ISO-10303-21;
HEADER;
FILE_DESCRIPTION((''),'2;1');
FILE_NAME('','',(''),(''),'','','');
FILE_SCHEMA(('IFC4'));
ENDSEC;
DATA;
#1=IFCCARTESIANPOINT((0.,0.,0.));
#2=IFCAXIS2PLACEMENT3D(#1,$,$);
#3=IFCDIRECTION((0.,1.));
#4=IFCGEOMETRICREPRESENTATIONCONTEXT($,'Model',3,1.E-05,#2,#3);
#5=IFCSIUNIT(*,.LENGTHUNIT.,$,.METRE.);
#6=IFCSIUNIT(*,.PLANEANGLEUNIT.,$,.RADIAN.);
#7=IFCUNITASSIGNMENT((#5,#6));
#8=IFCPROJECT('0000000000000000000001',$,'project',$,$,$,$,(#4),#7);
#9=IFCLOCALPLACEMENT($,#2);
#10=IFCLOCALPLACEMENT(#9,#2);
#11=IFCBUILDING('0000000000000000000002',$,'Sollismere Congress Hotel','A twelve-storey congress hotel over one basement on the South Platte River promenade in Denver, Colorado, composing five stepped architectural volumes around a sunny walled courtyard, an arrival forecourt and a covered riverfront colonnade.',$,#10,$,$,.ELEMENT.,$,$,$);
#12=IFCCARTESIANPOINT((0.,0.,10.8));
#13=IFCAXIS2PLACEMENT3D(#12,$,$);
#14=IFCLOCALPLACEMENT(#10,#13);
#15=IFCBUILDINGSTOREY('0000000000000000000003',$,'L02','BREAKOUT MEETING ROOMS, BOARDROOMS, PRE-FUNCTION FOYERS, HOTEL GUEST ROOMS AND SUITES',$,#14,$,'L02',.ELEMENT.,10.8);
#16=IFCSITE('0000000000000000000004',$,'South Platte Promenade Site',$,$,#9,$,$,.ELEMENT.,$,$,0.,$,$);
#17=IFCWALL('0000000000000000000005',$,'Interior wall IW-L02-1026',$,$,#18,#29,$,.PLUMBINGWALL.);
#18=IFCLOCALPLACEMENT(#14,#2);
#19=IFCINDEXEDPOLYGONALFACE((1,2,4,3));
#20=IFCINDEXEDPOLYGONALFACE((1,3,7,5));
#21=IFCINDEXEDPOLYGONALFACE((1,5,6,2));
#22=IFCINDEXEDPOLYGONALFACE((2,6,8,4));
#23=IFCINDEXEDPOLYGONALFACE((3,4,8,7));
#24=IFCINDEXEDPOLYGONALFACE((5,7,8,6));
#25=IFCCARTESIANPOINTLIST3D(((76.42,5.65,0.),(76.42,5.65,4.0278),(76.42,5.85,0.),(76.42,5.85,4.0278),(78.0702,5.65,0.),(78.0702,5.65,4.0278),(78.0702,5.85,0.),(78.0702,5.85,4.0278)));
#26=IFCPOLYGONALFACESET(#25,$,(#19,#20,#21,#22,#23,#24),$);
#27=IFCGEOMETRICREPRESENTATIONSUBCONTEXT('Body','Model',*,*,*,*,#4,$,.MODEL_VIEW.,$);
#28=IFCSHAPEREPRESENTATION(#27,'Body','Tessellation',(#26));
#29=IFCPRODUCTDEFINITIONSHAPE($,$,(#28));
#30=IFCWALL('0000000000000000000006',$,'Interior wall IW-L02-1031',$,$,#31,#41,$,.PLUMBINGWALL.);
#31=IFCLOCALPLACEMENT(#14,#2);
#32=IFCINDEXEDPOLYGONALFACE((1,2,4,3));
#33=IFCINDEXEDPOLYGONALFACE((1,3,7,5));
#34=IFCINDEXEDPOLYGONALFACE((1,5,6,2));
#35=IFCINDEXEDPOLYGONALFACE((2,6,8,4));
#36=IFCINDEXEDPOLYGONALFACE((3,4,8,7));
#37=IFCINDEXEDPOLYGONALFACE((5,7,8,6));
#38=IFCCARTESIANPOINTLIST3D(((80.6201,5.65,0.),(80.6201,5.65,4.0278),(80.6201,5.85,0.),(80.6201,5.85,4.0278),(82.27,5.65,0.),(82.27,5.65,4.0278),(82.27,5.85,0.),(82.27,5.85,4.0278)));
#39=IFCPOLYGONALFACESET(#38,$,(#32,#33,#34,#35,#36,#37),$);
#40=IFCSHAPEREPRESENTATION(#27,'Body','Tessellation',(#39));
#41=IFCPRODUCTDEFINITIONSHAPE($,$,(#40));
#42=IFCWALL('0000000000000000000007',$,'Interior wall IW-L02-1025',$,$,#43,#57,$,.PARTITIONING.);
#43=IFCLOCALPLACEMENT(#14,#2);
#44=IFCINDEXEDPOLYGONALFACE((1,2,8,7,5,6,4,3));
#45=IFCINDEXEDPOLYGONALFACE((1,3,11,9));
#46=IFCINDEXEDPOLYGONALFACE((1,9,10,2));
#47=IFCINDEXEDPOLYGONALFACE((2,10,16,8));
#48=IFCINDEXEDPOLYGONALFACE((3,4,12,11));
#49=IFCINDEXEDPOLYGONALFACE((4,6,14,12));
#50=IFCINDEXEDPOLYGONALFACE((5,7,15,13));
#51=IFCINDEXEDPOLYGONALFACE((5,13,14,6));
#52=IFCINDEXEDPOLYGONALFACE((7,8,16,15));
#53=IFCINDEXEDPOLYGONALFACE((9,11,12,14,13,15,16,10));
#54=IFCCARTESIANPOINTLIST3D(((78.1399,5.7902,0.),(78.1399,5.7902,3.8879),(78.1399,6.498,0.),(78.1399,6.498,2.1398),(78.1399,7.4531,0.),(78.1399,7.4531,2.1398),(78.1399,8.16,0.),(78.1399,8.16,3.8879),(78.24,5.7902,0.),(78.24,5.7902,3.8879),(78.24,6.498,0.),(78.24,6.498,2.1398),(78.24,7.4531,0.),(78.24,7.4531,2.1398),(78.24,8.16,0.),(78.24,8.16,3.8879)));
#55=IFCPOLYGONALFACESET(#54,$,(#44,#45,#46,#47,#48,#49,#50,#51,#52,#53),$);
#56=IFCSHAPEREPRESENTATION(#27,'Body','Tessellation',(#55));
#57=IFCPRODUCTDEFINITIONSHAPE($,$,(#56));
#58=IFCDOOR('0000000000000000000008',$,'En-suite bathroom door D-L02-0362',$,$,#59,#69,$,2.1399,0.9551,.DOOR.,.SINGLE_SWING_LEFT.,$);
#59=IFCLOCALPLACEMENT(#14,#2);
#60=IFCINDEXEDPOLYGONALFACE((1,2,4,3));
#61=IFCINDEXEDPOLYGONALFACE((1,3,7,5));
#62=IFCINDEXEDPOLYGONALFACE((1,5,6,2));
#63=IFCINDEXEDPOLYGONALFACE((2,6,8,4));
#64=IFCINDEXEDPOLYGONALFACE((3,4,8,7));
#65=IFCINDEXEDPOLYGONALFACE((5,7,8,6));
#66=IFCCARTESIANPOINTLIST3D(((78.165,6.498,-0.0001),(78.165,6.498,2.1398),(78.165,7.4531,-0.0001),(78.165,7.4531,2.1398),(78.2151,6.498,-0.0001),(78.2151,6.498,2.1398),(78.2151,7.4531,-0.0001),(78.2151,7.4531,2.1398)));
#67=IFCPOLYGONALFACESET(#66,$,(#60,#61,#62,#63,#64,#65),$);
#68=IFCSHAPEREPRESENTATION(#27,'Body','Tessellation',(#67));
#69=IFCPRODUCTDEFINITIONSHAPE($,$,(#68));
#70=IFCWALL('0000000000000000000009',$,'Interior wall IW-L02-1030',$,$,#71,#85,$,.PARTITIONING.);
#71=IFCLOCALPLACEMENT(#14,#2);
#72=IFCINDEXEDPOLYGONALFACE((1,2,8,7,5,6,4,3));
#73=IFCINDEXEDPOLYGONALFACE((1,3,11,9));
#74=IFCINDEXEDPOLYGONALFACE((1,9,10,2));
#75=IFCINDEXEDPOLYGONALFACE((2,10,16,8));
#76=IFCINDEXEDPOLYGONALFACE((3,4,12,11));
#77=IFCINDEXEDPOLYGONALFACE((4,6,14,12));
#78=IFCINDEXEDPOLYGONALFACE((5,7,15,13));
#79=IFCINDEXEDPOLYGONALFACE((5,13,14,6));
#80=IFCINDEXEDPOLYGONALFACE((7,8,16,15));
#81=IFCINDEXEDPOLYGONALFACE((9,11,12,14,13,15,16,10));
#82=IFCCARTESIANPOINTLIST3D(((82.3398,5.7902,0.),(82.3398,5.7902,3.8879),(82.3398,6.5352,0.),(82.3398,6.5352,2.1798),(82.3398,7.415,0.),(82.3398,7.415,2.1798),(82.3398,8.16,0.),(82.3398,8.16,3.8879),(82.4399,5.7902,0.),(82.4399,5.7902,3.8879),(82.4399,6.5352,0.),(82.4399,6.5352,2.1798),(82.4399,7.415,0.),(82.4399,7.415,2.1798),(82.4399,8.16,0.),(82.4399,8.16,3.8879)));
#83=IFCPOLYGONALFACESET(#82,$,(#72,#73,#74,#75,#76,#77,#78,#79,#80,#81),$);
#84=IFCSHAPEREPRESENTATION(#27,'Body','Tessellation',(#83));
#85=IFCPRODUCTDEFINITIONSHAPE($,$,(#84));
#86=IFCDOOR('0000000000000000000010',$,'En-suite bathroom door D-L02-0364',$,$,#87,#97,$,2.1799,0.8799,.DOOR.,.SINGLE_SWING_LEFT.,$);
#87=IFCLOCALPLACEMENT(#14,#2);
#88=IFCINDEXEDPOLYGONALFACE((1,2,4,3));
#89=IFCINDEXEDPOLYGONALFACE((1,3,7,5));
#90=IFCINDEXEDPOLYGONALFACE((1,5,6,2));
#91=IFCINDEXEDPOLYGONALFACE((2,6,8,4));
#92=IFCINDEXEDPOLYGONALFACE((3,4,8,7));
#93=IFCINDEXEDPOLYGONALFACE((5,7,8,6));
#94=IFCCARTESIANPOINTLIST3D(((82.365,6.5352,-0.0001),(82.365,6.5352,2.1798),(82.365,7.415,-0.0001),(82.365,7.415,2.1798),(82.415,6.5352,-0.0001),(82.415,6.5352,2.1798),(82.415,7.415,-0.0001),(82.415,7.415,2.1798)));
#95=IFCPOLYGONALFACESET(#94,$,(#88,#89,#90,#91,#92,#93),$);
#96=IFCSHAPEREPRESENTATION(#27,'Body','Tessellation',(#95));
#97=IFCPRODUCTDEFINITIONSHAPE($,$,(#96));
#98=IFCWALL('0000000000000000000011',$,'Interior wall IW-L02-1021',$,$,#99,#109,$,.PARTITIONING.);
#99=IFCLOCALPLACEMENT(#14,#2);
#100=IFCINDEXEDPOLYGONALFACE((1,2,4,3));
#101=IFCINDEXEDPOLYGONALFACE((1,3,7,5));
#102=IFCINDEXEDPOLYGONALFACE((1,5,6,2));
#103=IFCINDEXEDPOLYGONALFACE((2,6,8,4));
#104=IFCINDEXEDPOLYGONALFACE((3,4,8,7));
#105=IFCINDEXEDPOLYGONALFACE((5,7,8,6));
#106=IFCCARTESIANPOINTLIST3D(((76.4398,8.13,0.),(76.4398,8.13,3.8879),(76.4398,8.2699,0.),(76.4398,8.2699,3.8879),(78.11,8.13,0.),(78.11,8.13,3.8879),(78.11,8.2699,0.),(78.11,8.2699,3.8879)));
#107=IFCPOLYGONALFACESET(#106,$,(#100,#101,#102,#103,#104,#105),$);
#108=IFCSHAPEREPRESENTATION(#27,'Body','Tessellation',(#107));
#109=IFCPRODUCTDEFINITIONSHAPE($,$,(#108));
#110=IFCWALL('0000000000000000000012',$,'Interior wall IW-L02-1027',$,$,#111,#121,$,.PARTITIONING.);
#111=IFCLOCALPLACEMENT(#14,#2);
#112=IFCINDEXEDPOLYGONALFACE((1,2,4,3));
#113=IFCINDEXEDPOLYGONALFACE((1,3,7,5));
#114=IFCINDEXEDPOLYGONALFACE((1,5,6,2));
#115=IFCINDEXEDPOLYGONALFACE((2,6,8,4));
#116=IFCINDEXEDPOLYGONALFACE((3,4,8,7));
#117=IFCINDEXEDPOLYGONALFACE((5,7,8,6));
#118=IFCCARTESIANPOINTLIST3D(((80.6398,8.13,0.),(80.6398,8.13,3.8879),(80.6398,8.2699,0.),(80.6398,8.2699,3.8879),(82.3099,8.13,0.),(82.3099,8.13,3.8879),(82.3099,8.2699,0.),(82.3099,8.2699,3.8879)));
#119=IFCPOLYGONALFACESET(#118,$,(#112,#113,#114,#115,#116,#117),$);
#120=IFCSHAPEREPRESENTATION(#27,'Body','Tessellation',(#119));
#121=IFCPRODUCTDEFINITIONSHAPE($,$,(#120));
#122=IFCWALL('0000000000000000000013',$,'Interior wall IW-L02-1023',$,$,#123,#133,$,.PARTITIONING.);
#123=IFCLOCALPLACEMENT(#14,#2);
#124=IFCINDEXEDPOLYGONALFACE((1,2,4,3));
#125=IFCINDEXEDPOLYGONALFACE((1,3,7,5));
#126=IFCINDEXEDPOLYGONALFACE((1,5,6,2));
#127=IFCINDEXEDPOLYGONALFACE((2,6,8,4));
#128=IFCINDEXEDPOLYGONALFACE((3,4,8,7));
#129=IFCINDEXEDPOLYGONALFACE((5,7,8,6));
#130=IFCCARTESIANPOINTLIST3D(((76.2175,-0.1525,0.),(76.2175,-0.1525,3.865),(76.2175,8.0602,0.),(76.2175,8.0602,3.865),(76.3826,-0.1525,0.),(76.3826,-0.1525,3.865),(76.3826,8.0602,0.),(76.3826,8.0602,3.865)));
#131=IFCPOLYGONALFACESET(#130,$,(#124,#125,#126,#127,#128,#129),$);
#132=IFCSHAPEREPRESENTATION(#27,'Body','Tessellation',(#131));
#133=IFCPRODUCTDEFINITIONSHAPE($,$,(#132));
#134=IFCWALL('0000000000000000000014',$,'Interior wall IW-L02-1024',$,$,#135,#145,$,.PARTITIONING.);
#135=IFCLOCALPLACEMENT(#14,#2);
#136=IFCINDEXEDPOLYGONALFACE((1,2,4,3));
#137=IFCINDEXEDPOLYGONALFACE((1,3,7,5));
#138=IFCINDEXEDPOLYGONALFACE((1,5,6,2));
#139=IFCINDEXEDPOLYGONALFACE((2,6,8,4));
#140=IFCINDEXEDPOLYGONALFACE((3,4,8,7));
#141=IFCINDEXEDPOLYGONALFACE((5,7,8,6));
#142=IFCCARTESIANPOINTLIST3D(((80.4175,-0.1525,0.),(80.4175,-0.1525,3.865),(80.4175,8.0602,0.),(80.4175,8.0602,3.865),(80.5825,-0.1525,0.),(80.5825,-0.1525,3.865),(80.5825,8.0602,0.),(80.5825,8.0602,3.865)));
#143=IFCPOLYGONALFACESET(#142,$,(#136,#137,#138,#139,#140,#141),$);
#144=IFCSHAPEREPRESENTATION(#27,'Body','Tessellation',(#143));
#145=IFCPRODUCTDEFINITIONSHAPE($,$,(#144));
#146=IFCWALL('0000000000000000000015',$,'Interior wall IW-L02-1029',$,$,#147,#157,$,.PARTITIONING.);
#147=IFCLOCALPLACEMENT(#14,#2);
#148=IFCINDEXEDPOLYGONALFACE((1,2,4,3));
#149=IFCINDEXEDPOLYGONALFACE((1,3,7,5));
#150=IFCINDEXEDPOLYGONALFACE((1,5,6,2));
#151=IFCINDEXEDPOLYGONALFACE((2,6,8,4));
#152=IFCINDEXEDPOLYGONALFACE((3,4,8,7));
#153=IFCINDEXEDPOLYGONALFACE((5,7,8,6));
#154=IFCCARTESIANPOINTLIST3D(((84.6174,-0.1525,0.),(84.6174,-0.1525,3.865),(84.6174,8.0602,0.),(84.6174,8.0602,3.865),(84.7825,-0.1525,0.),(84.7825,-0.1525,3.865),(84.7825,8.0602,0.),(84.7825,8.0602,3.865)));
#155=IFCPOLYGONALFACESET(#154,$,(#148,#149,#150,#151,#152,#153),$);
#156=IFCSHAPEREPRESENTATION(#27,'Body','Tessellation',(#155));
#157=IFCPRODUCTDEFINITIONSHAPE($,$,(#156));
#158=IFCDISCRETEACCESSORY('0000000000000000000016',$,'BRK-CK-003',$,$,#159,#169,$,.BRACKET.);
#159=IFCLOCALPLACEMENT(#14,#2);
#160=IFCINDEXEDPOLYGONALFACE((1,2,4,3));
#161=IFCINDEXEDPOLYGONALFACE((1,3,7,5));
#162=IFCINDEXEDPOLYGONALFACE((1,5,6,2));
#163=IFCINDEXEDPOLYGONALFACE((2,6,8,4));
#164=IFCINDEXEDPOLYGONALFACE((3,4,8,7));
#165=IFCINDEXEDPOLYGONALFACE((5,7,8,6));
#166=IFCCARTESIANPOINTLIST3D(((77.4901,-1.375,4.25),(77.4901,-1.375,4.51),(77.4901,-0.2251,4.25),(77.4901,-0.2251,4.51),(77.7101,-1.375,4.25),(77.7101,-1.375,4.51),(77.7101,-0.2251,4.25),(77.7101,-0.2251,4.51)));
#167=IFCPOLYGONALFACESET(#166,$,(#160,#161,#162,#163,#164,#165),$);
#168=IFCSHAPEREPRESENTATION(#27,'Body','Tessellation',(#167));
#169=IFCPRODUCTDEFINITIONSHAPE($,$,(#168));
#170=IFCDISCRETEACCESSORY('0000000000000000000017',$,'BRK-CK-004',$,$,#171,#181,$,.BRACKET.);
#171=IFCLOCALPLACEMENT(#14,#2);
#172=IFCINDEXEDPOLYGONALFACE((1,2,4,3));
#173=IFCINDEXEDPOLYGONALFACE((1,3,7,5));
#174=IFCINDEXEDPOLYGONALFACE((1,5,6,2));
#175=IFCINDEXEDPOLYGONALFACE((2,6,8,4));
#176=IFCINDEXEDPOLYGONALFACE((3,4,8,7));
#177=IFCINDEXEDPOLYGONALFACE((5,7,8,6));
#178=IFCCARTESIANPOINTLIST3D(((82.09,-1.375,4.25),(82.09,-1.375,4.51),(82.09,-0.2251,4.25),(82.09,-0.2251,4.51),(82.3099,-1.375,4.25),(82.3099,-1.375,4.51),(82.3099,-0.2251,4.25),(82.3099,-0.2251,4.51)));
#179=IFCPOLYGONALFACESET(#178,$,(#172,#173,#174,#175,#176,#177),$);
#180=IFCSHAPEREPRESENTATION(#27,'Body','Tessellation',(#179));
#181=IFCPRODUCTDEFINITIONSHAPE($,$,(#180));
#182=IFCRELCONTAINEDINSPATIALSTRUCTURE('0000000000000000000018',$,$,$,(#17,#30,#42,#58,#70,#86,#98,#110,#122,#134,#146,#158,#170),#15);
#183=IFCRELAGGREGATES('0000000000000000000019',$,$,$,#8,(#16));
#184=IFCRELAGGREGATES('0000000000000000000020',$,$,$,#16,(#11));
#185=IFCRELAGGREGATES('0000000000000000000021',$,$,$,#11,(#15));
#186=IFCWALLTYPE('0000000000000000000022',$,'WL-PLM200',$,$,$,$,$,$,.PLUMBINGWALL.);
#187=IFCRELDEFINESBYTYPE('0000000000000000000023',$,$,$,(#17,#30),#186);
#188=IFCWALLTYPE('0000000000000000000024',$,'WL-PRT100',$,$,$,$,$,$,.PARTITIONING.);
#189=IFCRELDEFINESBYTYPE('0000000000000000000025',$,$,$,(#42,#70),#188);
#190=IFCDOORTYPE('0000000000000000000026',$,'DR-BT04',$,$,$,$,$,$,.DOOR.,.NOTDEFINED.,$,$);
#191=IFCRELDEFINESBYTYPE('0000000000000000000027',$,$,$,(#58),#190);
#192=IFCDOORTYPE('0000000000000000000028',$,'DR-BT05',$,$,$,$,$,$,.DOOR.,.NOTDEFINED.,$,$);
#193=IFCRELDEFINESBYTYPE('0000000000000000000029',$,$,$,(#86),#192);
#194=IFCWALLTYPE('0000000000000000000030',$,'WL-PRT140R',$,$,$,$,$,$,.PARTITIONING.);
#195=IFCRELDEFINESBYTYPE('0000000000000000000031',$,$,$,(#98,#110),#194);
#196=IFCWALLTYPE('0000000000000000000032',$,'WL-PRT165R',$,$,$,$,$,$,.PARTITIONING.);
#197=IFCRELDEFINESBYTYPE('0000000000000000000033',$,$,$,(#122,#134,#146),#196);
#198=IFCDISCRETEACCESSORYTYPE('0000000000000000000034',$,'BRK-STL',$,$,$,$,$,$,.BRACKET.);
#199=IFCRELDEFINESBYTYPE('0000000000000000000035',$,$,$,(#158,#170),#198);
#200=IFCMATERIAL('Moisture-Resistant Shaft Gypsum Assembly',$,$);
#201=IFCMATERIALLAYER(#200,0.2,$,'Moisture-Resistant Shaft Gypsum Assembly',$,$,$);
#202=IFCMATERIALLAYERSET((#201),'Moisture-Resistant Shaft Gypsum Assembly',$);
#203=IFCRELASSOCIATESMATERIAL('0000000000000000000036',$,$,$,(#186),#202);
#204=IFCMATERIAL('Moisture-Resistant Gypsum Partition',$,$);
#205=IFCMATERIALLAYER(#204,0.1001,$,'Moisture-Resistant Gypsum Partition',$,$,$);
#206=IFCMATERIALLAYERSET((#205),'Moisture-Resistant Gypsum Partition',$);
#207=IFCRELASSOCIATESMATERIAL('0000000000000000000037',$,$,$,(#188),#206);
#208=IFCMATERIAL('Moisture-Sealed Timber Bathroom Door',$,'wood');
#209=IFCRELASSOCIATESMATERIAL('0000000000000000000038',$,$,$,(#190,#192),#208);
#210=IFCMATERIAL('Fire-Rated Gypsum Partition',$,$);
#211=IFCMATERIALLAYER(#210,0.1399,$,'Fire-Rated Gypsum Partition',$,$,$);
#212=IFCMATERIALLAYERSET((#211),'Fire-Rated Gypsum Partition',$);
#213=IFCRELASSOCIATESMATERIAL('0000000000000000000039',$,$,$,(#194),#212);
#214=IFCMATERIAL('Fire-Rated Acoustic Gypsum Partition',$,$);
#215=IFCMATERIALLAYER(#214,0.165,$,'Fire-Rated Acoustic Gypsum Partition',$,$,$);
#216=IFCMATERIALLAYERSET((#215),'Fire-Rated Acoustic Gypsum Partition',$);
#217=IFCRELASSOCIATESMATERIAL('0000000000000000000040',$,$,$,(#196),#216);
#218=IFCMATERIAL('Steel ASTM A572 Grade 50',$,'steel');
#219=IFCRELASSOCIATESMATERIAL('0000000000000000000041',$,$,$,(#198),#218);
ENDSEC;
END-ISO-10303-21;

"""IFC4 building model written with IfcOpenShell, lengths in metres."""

from ifc_helpers import new_model, si_unit, direction, frame, frame_2d, origin, origin_2d, place, context, subcontext, project, spatial, rectangle, extrude, material, layer, layer_set, type_object, element, fill, save


model = new_model("IFC4")

# Units and contexts
model_context = context("Model", 3, precision=1e-05, world=origin(), true_north=direction((0.0, 1.0)))
body_context = subcontext(model_context, "Body", "Model", "MODEL_VIEW")
ifc_project = project(units=[si_unit("LENGTHUNIT", "METRE"), si_unit("PLANEANGLEUNIT", "RADIAN")], contexts=[model_context])

# Site, building, storey
site_placement = place(None, origin())
site = spatial("IfcSite", under=ifc_project, at=site_placement, Name="South Platte Promenade Site", CompositionType="ELEMENT", RefElevation=0.0)
building_placement = place(site_placement, origin())
building = spatial("IfcBuilding", under=site, at=building_placement, Name="Sollismere Congress Hotel", Description="A twelve-storey congress hotel over one basement on the South Platte River promenade in Denver, Colorado, composing five stepped architectural volumes around a sunny walled courtyard, an arrival forecourt and a covered riverfront colonnade.", CompositionType="ELEMENT")
storey_placement = place(building_placement, frame((0.0, 0.0, 10.8)))
storey = spatial("IfcBuildingStorey", under=building, at=storey_placement, Name="L02", Description="BREAKOUT MEETING ROOMS, BOARDROOMS, PRE-FUNCTION FOYERS, HOTEL GUEST ROOMS AND SUITES", LongName="L02", CompositionType="ELEMENT", Elevation=10.8)

# Walls
ifc_material_1 = material(Name="Moisture-Resistant Shaft Gypsum Assembly")
ifc_layer_1 = layer(ifc_material_1, 0.2, Name="Moisture-Resistant Shaft Gypsum Assembly")
ifc_layer_set_1 = layer_set([ifc_layer_1], Name="Moisture-Resistant Shaft Gypsum Assembly")
wall_type_1 = type_object("IfcWallType", Name="WL-PLM200", PredefinedType="PLUMBINGWALL", material=ifc_layer_set_1)
wall_1_placement = place(storey_placement, frame((76.4199, 5.75, 0.0), z_axis=(0.0, 0.0, 1.0), x_axis=(1.0, 0.0, 0.0)))
element("IfcWall", 1, at=wall_1_placement, inside=storey, type_object=wall_type_1, Name="Interior wall IW-L02-1026", PredefinedType="PLUMBINGWALL", context=body_context, shape_type="SweptSolid", body=[
    extrude(rectangle(XDim=1.6501, YDim=0.2, at=frame_2d((0.8252, 0.0))), origin(), (0.0, 0.0, 1.0), 4.0278),
])
wall_2_placement = place(storey_placement, frame((80.6201, 5.75, 0.0), z_axis=(0.0, 0.0, 1.0), x_axis=(1.0, 0.0, 0.0)))
element("IfcWall", 2, at=wall_2_placement, inside=storey, type_object=wall_type_1, Name="Interior wall IW-L02-1031", PredefinedType="PLUMBINGWALL", context=body_context, shape_type="SweptSolid", body=[
    extrude(rectangle(XDim=1.6499, YDim=0.2, at=frame_2d((0.825, 0.0))), origin(), (0.0, 0.0, 1.0), 4.0278),
])

# Walls, openings, doors
ifc_material_2 = material(Name="Moisture-Resistant Gypsum Partition")
ifc_layer_2 = layer(ifc_material_2, 0.1001, Name="Moisture-Resistant Gypsum Partition")
ifc_layer_set_2 = layer_set([ifc_layer_2], Name="Moisture-Resistant Gypsum Partition")
wall_type_2 = type_object("IfcWallType", Name="WL-PRT100", PredefinedType="PARTITIONING", material=ifc_layer_set_2)
wall_3_placement = place(storey_placement, frame((78.1899, 5.79, 0.0), z_axis=(0.0, 0.0, 1.0), x_axis=(0.0, 1.0, 0.0)))
wall_3 = element("IfcWall", 3, at=wall_3_placement, inside=storey, type_object=wall_type_2, Name="Interior wall IW-L02-1025", PredefinedType="PARTITIONING", context=body_context, shape_type="SweptSolid", body=[
    extrude(rectangle(XDim=2.3699, YDim=0.1001, at=frame_2d((1.1851, 0.0))), origin(), (0.0, 0.0, 1.0), 3.8879),
])
opening_1_placement = place(wall_3_placement, frame((0.708, 0.0, 0.0)))
opening_1 = element("IfcOpeningElement", 4, at=opening_1_placement, cuts=wall_3, PredefinedType="OPENING", context=body_context, shape_type="SweptSolid", body=[
    extrude(rectangle(XDim=0.9551, YDim=2.1399, at=frame_2d((0.4775, 1.0698))), frame((0.0, 0.0601, 0.0), z_axis=(0.0, -1.0, 0.0), x_axis=(1.0, 0.0, 0.0)), (0.0, 0.0, 1.0), 0.1201),
])
ifc_material_3 = material(Name="Moisture-Sealed Timber Bathroom Door", Category="wood")
door_type_1 = type_object("IfcDoorType", Name="DR-BT04", OperationType="NOTDEFINED", PredefinedType="DOOR", material=ifc_material_3)
door_1_placement = place(opening_1_placement, origin())
door_1 = element("IfcDoor", 5, at=door_1_placement, inside=storey, type_object=door_type_1, Name="En-suite bathroom door D-L02-0362", OperationType="SINGLE_SWING_LEFT", OverallHeight=2.1399, OverallWidth=0.9551, PredefinedType="DOOR", context=body_context, shape_type="SweptSolid", body=[
    extrude(rectangle(XDim=0.9551, YDim=2.1399, at=frame_2d((0.4775, 1.0698))), frame((0.0, 0.0249, 0.0), z_axis=(0.0, -1.0, 0.0), x_axis=(1.0, 0.0, 0.0)), (0.0, 0.0, 1.0), 0.05),
])
fill(opening_1, door_1)
wall_4_placement = place(storey_placement, frame((82.3899, 5.79, 0.0), z_axis=(0.0, 0.0, 1.0), x_axis=(0.0, 1.0, 0.0)))
wall_4 = element("IfcWall", 6, at=wall_4_placement, inside=storey, type_object=wall_type_2, Name="Interior wall IW-L02-1030", PredefinedType="PARTITIONING", context=body_context, shape_type="SweptSolid", body=[
    extrude(rectangle(XDim=2.3699, YDim=0.1001, at=frame_2d((1.1851, 0.0))), origin(), (0.0, 0.0, 1.0), 3.8879),
])
opening_2_placement = place(wall_4_placement, frame((0.7451, 0.0, 0.0)))
opening_2 = element("IfcOpeningElement", 7, at=opening_2_placement, cuts=wall_4, PredefinedType="OPENING", context=body_context, shape_type="SweptSolid", body=[
    extrude(rectangle(XDim=0.8799, YDim=2.1799, at=frame_2d((0.4399, 1.0898))), frame((0.0, 0.0601, 0.0), z_axis=(0.0, -1.0, 0.0), x_axis=(1.0, 0.0, 0.0)), (0.0, 0.0, 1.0), 0.1201),
])
door_type_2 = type_object("IfcDoorType", Name="DR-BT05", OperationType="NOTDEFINED", PredefinedType="DOOR", material=ifc_material_3)
door_2_placement = place(opening_2_placement, origin())
door_2 = element("IfcDoor", 8, at=door_2_placement, inside=storey, type_object=door_type_2, Name="En-suite bathroom door D-L02-0364", OperationType="SINGLE_SWING_LEFT", OverallHeight=2.1799, OverallWidth=0.8799, PredefinedType="DOOR", context=body_context, shape_type="SweptSolid", body=[
    extrude(rectangle(XDim=0.8799, YDim=2.1799, at=frame_2d((0.4399, 1.0898))), frame((0.0, 0.0249, 0.0), z_axis=(0.0, -1.0, 0.0), x_axis=(1.0, 0.0, 0.0)), (0.0, 0.0, 1.0), 0.05),
])
fill(opening_2, door_2)

# Wall
ifc_material_4 = material(Name="Fire-Rated Gypsum Partition")
ifc_layer_3 = layer(ifc_material_4, 0.1399, Name="Fire-Rated Gypsum Partition")
ifc_layer_set_3 = layer_set([ifc_layer_3], Name="Fire-Rated Gypsum Partition")
wall_type_3 = type_object("IfcWallType", Name="WL-PRT140R", PredefinedType="PARTITIONING", material=ifc_layer_set_3)
wall_5_placement = place(storey_placement, frame((76.4399, 8.2, 0.0), z_axis=(0.0, 0.0, 1.0), x_axis=(1.0, 0.0, 0.0)))
element("IfcWall", 9, at=wall_5_placement, inside=storey, type_object=wall_type_3, Name="Interior wall IW-L02-1021", PredefinedType="PARTITIONING", context=body_context, shape_type="SweptSolid", body=[
    extrude(rectangle(XDim=1.6702, YDim=0.1399, at=frame_2d((0.835, 0.0))), origin(), (0.0, 0.0, 1.0), 3.8879),
])

# Wall
wall_6_placement = place(storey_placement, frame((80.6399, 8.2, 0.0), z_axis=(0.0, 0.0, 1.0), x_axis=(1.0, 0.0, 0.0)))
element("IfcWall", 10, at=wall_6_placement, inside=storey, type_object=wall_type_3, Name="Interior wall IW-L02-1027", PredefinedType="PARTITIONING", context=body_context, shape_type="SweptSolid", body=[
    extrude(rectangle(XDim=1.6702, YDim=0.1399, at=frame_2d((0.835, 0.0))), origin(), (0.0, 0.0, 1.0), 3.8879),
])

# Walls
ifc_material_5 = material(Name="Fire-Rated Acoustic Gypsum Partition")
ifc_layer_4 = layer(ifc_material_5, 0.165, Name="Fire-Rated Acoustic Gypsum Partition")
ifc_layer_set_4 = layer_set([ifc_layer_4], Name="Fire-Rated Acoustic Gypsum Partition")
wall_type_4 = type_object("IfcWallType", Name="WL-PRT165R", PredefinedType="PARTITIONING", material=ifc_layer_set_4)
for number, where, z_axis, x_axis, name in (
    (11, (76.3, -0.1526, 0.0), (0.0, 0.0, 1.0), (0.0, 1.0, 0.0), "Interior wall IW-L02-1023"),
    (12, (80.5, -0.1526, 0.0), (0.0, 0.0, 1.0), (0.0, 1.0, 0.0), "Interior wall IW-L02-1024"),
    (13, (84.7, -0.1526, 0.0), (0.0, 0.0, 1.0), (0.0, 1.0, 0.0), "Interior wall IW-L02-1029"),
):
    element("IfcWall", number, at=place(storey_placement, frame(where, z_axis=z_axis, x_axis=x_axis)), inside=storey, type_object=wall_type_4, Name=name, PredefinedType="PARTITIONING", context=body_context, shape_type="SweptSolid", body=[
        extrude(rectangle(XDim=8.2126, YDim=0.165, at=frame_2d((4.1064, 0.0))), origin(), (0.0, 0.0, 1.0), 3.865),
    ])

# Discrete accessories
ifc_material_6 = material(Name="Steel ASTM A572 Grade 50", Category="steel")
discrete_accessory_type = type_object("IfcDiscreteAccessoryType", Name="BRK-STL", PredefinedType="BRACKET", material=ifc_material_6)
for number, where, z_axis, x_axis, name in (
    (14, (77.6001, -0.8, 4.25), (0.0, 0.0, 1.0), (1.0, 0.0, 0.0), "BRK-CK-003"),
    (15, (82.2, -0.8, 4.25), (0.0, 0.0, 1.0), (1.0, 0.0, 0.0), "BRK-CK-004"),
):
    element("IfcDiscreteAccessory", number, at=place(storey_placement, frame(where, z_axis=z_axis, x_axis=x_axis)), inside=storey, type_object=discrete_accessory_type, Name=name, PredefinedType="BRACKET", context=body_context, shape_type="SweptSolid", body=[
        extrude(rectangle(XDim=0.22, YDim=1.1499, at=origin_2d()), origin(), (0.0, 0.0, 1.0), 0.26),
    ])

save(model, "model.ifc")
